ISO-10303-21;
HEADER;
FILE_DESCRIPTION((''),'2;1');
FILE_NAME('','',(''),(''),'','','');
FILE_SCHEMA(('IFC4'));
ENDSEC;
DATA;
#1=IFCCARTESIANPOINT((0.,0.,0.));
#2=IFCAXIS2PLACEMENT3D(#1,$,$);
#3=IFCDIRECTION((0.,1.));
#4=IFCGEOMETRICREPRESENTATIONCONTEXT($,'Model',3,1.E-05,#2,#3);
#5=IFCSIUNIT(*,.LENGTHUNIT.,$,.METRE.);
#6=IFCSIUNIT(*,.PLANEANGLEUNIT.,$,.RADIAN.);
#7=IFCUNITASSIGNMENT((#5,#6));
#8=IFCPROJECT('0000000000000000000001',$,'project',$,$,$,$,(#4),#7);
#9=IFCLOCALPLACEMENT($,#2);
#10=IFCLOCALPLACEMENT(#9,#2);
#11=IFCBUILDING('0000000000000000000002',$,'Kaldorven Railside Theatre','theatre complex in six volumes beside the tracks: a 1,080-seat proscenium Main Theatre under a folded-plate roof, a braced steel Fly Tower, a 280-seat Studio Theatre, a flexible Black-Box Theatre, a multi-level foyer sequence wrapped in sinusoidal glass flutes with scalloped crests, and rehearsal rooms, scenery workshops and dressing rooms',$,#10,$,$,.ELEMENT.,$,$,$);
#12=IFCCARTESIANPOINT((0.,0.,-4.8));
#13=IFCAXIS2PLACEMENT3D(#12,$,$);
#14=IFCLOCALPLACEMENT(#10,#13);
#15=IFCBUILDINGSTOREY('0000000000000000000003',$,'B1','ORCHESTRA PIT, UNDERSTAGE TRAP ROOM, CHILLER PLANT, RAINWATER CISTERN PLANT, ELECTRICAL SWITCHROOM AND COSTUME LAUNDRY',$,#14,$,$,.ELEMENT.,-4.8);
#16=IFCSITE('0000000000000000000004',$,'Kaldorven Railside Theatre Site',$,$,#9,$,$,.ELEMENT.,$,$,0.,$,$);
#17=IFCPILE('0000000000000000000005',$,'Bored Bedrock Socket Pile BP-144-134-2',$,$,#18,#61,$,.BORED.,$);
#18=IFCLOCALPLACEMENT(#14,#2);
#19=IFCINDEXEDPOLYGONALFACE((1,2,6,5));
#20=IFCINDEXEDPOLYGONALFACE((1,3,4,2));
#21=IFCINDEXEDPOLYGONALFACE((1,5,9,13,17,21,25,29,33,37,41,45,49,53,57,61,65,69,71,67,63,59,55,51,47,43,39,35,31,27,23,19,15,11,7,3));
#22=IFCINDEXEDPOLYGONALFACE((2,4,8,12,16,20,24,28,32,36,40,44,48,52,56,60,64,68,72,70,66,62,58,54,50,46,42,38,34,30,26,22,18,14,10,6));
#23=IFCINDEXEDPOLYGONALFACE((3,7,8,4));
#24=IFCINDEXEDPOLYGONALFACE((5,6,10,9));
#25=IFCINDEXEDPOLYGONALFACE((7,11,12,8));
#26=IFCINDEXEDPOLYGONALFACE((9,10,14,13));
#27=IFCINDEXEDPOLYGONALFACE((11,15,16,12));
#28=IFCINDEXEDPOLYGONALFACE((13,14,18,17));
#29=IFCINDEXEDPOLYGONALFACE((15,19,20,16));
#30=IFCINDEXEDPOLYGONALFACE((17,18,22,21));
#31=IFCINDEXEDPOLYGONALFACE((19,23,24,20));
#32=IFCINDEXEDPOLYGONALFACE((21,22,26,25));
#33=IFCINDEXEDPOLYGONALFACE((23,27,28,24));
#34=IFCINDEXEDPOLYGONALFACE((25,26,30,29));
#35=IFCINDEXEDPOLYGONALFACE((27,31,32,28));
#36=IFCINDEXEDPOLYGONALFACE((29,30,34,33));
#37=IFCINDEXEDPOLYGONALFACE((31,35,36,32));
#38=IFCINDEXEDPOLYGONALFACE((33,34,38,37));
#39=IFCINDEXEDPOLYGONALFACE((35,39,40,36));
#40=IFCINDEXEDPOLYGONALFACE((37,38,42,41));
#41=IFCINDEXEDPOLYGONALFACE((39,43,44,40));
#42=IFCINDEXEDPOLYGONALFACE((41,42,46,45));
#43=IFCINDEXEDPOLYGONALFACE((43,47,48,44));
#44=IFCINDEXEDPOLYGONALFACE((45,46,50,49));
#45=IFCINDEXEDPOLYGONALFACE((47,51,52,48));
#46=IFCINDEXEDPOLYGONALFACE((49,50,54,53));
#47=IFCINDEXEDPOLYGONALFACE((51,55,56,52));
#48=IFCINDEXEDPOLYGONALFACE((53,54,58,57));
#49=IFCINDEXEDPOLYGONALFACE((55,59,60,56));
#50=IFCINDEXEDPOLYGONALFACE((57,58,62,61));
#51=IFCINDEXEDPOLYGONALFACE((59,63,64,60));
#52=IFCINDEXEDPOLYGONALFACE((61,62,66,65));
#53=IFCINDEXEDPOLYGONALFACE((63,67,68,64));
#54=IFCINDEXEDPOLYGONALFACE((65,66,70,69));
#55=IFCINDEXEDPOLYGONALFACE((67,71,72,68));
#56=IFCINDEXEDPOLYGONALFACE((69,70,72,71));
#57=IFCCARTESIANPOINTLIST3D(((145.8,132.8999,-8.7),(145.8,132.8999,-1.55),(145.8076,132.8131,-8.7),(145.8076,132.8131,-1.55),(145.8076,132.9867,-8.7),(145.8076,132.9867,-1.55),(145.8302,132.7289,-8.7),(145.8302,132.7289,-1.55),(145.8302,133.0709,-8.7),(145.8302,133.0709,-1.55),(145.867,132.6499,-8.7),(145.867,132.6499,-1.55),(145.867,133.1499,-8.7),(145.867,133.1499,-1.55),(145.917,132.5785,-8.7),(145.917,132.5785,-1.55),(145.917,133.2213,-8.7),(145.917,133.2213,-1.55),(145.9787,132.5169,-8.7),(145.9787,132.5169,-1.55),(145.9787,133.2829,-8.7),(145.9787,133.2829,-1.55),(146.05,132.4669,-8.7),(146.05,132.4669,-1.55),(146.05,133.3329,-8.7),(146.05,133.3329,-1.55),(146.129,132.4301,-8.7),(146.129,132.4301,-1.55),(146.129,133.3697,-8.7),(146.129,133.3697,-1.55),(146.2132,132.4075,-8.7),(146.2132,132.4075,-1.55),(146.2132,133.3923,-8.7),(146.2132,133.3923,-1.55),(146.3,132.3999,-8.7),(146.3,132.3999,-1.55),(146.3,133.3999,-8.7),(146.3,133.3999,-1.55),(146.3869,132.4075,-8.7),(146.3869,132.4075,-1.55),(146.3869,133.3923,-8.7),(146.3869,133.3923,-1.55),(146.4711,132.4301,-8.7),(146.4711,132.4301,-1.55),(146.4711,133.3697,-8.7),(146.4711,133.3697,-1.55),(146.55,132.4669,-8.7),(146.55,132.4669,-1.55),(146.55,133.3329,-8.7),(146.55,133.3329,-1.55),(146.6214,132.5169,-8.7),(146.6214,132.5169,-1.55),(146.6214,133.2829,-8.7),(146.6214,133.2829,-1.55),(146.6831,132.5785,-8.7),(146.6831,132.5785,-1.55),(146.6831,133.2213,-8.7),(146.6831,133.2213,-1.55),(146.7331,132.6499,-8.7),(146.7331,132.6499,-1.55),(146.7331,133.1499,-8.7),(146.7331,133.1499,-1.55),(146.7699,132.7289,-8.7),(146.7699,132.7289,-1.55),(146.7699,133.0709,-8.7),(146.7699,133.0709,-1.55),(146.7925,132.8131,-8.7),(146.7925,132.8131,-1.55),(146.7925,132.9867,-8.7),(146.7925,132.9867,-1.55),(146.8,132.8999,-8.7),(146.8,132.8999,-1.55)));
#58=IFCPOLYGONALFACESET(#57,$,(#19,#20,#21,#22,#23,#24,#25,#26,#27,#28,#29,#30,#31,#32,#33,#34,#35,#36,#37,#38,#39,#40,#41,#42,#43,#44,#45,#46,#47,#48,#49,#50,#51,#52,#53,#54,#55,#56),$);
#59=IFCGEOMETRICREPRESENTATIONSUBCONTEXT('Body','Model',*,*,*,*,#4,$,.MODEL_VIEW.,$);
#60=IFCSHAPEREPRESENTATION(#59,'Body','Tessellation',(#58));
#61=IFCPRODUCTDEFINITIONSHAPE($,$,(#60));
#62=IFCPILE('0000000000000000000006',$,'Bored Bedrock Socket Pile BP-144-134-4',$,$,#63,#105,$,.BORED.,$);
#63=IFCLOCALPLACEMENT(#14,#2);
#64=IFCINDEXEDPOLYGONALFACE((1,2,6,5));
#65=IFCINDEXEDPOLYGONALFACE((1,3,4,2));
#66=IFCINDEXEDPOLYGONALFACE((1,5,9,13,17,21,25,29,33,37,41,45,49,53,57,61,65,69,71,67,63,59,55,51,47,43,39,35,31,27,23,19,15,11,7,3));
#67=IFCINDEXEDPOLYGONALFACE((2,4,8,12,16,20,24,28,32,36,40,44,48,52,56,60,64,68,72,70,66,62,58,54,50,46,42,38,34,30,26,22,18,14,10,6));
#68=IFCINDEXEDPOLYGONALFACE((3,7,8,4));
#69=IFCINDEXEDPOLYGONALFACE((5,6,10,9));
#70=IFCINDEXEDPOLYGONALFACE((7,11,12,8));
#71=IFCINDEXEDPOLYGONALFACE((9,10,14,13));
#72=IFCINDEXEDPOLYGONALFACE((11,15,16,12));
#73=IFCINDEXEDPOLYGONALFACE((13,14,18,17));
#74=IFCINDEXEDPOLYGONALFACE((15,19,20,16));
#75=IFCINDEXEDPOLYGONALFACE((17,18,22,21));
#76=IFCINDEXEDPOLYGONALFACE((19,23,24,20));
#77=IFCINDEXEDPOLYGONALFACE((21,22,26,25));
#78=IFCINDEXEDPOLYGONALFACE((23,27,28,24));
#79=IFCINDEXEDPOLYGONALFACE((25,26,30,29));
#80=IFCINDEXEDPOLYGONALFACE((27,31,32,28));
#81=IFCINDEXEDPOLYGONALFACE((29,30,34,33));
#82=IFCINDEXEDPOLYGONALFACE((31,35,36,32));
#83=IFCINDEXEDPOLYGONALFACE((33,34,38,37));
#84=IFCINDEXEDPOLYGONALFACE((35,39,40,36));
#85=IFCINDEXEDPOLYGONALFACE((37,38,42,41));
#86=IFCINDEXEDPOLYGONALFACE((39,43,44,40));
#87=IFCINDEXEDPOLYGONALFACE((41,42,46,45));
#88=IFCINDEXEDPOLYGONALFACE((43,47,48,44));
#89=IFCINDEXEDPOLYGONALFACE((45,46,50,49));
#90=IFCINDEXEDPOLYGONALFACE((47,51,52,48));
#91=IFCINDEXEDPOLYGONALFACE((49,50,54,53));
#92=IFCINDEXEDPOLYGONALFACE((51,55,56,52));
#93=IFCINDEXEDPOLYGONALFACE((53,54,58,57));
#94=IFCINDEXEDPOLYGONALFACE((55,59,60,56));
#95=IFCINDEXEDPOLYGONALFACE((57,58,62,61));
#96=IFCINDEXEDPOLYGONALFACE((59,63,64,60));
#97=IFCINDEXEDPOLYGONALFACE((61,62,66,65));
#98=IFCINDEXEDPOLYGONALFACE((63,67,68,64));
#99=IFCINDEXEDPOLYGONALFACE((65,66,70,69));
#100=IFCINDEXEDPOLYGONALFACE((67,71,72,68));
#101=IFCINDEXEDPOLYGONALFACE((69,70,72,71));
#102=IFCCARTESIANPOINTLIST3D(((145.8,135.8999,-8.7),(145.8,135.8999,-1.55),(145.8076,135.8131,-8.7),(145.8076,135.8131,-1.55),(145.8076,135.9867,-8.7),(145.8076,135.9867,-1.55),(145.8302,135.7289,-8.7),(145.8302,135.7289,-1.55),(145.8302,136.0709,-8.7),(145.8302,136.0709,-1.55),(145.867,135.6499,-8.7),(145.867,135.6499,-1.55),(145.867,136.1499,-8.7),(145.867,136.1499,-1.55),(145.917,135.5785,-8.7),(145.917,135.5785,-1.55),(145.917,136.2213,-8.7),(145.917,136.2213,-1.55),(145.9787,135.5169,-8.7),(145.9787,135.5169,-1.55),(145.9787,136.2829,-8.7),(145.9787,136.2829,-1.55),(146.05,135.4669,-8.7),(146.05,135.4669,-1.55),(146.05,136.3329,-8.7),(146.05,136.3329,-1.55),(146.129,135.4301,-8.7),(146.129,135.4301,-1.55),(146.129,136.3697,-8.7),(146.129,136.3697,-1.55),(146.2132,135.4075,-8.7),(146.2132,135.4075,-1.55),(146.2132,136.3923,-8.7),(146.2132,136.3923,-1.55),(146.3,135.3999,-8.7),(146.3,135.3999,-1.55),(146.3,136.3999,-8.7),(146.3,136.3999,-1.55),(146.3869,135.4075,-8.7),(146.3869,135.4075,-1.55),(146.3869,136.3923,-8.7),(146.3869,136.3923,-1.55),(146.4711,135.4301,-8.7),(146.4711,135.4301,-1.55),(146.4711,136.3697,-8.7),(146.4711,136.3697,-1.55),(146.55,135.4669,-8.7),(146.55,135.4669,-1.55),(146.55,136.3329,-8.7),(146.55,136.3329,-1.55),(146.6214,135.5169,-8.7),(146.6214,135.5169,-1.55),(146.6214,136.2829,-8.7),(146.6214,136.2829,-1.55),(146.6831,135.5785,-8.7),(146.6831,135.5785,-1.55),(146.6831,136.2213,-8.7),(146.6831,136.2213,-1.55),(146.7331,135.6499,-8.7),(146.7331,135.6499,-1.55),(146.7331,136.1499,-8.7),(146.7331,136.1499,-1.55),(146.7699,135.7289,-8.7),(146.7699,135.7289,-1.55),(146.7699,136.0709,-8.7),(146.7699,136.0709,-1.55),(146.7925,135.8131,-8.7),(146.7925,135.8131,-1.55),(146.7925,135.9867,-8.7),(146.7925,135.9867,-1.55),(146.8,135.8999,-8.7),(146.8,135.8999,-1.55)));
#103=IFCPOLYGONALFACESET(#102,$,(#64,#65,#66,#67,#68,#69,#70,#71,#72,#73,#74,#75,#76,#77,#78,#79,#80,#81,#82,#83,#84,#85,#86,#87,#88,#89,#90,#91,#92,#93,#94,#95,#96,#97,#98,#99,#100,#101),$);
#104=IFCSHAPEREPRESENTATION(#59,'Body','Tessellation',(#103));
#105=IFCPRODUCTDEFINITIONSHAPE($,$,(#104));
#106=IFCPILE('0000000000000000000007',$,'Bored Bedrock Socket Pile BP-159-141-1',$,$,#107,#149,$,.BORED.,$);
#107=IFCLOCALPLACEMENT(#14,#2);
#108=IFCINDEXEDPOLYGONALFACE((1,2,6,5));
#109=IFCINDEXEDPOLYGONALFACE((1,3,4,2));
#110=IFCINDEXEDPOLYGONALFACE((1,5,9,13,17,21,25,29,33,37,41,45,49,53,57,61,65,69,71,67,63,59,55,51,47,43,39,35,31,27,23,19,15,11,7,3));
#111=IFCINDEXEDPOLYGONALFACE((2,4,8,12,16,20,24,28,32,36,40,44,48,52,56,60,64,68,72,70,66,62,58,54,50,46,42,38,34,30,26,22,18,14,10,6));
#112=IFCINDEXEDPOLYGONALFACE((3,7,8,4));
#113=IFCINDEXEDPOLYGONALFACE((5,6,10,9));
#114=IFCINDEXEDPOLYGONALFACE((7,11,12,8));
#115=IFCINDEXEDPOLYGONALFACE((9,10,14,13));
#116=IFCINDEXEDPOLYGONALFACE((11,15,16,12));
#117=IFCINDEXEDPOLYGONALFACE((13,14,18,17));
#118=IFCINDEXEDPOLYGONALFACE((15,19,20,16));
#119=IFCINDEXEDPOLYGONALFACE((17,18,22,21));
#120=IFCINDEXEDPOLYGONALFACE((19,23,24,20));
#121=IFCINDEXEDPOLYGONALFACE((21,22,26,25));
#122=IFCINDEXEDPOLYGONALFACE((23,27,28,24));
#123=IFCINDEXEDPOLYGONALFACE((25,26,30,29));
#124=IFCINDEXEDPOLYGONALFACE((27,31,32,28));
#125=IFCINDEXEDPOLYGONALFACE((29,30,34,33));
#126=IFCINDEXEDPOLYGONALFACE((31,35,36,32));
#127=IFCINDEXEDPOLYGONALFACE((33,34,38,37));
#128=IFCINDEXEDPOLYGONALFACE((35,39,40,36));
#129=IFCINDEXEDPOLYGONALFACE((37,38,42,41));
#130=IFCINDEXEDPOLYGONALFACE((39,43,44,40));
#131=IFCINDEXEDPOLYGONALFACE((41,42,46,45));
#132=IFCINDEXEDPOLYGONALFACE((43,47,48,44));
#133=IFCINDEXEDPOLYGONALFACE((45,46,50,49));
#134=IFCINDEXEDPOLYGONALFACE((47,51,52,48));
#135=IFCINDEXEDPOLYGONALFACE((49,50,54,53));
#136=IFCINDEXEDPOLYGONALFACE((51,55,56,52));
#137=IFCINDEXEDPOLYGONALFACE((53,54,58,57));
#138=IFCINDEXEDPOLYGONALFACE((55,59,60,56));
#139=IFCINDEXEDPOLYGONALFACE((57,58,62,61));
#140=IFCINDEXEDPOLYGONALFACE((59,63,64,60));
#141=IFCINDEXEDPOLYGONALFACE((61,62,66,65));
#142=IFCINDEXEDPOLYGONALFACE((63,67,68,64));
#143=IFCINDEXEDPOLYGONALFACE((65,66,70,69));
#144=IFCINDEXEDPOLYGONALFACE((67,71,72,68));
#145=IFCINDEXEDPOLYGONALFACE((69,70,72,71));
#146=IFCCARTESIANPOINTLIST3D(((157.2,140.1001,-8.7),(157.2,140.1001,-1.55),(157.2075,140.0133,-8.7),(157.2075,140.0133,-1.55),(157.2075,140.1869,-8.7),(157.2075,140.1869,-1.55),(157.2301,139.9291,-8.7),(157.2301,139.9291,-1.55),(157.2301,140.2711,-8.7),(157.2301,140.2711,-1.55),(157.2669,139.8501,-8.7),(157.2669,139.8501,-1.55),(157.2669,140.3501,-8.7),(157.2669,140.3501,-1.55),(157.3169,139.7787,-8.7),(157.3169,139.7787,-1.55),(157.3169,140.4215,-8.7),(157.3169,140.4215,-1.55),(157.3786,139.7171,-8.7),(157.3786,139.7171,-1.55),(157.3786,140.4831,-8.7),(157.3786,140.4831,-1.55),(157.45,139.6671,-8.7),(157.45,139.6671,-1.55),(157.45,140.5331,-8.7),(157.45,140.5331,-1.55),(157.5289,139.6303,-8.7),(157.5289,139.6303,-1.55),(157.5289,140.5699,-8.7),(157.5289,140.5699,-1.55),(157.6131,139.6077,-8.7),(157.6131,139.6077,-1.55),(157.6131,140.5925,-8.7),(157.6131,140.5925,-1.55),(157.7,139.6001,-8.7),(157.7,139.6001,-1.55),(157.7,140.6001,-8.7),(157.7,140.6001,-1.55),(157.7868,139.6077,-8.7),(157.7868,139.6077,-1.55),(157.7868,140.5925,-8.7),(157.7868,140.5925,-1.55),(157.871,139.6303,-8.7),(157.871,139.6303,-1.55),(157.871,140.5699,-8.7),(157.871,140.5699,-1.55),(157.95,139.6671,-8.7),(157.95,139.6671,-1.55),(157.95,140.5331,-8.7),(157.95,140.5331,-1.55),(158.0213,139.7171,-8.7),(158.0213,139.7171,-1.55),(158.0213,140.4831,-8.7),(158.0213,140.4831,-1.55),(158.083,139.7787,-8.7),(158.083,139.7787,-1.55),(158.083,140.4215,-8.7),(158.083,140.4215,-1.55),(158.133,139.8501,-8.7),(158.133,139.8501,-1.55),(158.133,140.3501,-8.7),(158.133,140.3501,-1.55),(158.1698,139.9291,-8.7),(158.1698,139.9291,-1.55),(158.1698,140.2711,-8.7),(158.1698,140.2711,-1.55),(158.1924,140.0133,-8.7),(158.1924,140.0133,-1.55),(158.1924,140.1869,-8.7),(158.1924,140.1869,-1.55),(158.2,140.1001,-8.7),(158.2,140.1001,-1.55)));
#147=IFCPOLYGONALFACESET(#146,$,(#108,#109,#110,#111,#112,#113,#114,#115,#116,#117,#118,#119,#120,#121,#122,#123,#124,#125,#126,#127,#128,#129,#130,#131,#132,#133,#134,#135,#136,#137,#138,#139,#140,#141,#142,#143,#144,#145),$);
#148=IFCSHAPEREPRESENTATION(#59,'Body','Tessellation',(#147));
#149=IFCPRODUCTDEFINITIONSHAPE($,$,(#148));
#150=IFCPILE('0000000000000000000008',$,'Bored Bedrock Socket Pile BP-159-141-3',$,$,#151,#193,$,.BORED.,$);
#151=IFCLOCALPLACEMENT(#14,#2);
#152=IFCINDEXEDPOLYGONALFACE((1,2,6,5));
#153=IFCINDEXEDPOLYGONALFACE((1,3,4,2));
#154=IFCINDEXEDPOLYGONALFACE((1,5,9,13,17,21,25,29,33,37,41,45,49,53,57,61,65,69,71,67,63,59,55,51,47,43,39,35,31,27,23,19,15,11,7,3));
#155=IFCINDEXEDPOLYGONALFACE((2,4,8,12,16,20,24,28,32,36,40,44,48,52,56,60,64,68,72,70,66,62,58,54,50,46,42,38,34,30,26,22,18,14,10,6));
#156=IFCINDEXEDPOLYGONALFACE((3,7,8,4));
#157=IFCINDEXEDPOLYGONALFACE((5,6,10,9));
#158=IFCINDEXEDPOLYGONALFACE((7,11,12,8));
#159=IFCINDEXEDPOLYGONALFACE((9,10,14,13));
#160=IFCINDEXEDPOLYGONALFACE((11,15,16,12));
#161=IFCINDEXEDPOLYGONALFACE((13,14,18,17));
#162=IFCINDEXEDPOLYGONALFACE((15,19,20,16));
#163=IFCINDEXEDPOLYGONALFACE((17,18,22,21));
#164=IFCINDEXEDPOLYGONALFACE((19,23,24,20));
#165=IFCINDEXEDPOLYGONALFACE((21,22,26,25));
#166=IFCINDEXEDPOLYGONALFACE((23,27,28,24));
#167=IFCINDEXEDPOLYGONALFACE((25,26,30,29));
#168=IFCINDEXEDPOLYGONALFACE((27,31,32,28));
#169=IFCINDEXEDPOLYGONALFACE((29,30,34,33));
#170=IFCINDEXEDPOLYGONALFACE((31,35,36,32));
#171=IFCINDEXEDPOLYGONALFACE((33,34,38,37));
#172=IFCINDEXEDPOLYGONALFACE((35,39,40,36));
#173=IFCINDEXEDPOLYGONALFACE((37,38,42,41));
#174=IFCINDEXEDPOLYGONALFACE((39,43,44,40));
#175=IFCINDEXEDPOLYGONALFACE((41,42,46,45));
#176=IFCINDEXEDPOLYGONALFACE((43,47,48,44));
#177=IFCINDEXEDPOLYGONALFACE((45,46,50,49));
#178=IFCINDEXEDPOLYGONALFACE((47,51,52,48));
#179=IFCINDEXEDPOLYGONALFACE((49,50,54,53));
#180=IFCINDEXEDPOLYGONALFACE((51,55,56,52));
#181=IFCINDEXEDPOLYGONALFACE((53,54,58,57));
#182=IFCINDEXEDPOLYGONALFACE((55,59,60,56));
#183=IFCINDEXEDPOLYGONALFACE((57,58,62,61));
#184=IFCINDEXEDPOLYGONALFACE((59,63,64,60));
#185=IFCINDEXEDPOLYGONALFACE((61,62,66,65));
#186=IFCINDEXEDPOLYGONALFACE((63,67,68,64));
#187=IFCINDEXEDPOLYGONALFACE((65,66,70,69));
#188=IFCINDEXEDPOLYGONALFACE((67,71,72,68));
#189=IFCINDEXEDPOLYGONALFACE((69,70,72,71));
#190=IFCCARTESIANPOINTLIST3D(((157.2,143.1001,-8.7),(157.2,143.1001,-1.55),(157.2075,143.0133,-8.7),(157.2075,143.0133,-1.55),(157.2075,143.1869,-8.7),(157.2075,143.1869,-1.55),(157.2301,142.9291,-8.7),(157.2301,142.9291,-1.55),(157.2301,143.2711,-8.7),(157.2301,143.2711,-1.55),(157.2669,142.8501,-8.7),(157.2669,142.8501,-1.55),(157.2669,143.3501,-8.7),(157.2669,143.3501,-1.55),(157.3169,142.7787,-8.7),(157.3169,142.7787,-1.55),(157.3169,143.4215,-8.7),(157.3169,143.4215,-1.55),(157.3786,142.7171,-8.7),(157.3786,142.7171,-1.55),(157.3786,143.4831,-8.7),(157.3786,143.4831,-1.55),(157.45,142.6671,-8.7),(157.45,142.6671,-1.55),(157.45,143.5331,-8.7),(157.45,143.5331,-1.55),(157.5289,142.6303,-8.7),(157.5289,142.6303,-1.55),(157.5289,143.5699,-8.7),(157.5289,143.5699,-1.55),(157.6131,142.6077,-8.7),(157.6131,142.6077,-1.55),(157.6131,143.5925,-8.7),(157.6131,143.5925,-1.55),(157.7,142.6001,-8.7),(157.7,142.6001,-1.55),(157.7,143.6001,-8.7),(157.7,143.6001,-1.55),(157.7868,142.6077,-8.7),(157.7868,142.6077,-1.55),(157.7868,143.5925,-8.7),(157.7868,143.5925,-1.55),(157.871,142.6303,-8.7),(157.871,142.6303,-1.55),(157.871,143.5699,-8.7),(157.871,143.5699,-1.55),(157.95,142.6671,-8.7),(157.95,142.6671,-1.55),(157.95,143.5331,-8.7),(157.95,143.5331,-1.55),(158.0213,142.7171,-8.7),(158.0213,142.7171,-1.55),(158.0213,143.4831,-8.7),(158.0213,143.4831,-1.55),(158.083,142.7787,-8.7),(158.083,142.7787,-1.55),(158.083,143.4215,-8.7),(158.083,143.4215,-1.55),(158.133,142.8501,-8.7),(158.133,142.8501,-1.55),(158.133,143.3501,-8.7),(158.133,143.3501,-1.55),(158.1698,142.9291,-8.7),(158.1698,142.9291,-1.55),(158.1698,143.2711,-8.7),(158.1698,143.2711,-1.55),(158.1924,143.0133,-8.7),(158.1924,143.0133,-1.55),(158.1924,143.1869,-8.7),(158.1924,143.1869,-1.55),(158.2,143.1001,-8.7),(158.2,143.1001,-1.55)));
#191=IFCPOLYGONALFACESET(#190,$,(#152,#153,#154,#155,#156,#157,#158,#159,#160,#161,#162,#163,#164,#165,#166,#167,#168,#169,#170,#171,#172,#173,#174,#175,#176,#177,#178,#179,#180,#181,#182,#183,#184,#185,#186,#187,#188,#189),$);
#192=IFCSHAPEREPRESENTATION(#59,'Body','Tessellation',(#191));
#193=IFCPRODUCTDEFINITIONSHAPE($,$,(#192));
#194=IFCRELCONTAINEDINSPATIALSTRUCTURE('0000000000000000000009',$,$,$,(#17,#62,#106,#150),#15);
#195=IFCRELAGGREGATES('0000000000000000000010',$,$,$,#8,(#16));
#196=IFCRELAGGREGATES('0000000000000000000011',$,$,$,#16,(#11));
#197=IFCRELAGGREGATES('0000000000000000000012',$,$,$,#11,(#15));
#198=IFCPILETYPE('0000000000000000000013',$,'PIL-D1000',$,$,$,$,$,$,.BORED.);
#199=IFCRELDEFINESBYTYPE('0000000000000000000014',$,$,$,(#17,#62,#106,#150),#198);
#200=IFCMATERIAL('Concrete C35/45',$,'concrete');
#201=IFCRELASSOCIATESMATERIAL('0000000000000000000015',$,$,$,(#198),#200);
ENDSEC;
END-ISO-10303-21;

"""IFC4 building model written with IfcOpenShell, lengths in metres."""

from ifc_helpers import new_model, si_unit, direction, frame, origin, origin_2d, place, context, subcontext, project, spatial, circle, extrude, material, material_profile, profile_set, type_object, element, save


model = new_model("IFC4")

# Units and contexts
model_context = context("Model", 3, precision=1e-05, world=origin(), true_north=direction((0.0, 1.0)))
body_context = subcontext(model_context, "Body", "Model", "MODEL_VIEW")
ifc_project = project(units=[si_unit("LENGTHUNIT", "METRE"), si_unit("PLANEANGLEUNIT", "RADIAN")], contexts=[model_context])

# Site, building, storey
site_placement = place(None, origin())
site = spatial("IfcSite", under=ifc_project, at=site_placement, Name="Kaldorven Railside Theatre Site", CompositionType="ELEMENT", RefElevation=0.0)
building_placement = place(site_placement, origin())
building = spatial("IfcBuilding", under=site, at=building_placement, Name="Kaldorven Railside Theatre", Description="theatre complex in six volumes beside the tracks: a 1,080-seat proscenium Main Theatre under a folded-plate roof, a braced steel Fly Tower, a 280-seat Studio Theatre, a flexible Black-Box Theatre, a multi-level foyer sequence wrapped in sinusoidal glass flutes with scalloped crests, and rehearsal rooms, scenery workshops and dressing rooms", CompositionType="ELEMENT")
storey_placement = place(building_placement, frame((0.0, 0.0, -4.8)))
storey = spatial("IfcBuildingStorey", under=building, at=storey_placement, Name="B1", Description="ORCHESTRA PIT, UNDERSTAGE TRAP ROOM, CHILLER PLANT, RAINWATER CISTERN PLANT, ELECTRICAL SWITCHROOM AND COSTUME LAUNDRY", CompositionType="ELEMENT", Elevation=-4.8)

# Piles
ifc_material_1 = material(Name="Concrete C35/45", Category="concrete")
ifc_material_profile_1 = material_profile(ifc_material_1, circle(Radius=0.5, at=origin_2d()), Name="BP D1000")
ifc_profile_set_1 = profile_set([ifc_material_profile_1], Name="Concrete C35/45")
pile_type_1 = type_object("IfcPileType", Name="PIL-D1000", PredefinedType="BORED", material=ifc_profile_set_1)
for number, where, z_axis, x_axis, name in (
    (1, (146.3, 132.8999, -1.55), (0.0, 0.0, -1.0), (1.0, 0.0, 0.0), "Bored Bedrock Socket Pile BP-144-134-2"),
    (2, (146.3, 135.8999, -1.55), (0.0, 0.0, -1.0), (1.0, 0.0, 0.0), "Bored Bedrock Socket Pile BP-144-134-4"),
    (3, (157.7, 140.1001, -1.55), (0.0, 0.0, -1.0), (1.0, 0.0, 0.0), "Bored Bedrock Socket Pile BP-159-141-1"),
    (4, (157.7, 143.1001, -1.55), (0.0, 0.0, -1.0), (1.0, 0.0, 0.0), "Bored Bedrock Socket Pile BP-159-141-3"),
):
    element("IfcPile", number, at=place(storey_placement, frame(where, z_axis=z_axis, x_axis=x_axis)), inside=storey, type_object=pile_type_1, Name=name, PredefinedType="BORED", context=body_context, shape_type="SweptSolid", body=[
        extrude(circle(Radius=0.5, at=origin_2d()), origin(), (0.0, 0.0, 1.0), 7.1499),
    ])

save(model, "model.ifc")
